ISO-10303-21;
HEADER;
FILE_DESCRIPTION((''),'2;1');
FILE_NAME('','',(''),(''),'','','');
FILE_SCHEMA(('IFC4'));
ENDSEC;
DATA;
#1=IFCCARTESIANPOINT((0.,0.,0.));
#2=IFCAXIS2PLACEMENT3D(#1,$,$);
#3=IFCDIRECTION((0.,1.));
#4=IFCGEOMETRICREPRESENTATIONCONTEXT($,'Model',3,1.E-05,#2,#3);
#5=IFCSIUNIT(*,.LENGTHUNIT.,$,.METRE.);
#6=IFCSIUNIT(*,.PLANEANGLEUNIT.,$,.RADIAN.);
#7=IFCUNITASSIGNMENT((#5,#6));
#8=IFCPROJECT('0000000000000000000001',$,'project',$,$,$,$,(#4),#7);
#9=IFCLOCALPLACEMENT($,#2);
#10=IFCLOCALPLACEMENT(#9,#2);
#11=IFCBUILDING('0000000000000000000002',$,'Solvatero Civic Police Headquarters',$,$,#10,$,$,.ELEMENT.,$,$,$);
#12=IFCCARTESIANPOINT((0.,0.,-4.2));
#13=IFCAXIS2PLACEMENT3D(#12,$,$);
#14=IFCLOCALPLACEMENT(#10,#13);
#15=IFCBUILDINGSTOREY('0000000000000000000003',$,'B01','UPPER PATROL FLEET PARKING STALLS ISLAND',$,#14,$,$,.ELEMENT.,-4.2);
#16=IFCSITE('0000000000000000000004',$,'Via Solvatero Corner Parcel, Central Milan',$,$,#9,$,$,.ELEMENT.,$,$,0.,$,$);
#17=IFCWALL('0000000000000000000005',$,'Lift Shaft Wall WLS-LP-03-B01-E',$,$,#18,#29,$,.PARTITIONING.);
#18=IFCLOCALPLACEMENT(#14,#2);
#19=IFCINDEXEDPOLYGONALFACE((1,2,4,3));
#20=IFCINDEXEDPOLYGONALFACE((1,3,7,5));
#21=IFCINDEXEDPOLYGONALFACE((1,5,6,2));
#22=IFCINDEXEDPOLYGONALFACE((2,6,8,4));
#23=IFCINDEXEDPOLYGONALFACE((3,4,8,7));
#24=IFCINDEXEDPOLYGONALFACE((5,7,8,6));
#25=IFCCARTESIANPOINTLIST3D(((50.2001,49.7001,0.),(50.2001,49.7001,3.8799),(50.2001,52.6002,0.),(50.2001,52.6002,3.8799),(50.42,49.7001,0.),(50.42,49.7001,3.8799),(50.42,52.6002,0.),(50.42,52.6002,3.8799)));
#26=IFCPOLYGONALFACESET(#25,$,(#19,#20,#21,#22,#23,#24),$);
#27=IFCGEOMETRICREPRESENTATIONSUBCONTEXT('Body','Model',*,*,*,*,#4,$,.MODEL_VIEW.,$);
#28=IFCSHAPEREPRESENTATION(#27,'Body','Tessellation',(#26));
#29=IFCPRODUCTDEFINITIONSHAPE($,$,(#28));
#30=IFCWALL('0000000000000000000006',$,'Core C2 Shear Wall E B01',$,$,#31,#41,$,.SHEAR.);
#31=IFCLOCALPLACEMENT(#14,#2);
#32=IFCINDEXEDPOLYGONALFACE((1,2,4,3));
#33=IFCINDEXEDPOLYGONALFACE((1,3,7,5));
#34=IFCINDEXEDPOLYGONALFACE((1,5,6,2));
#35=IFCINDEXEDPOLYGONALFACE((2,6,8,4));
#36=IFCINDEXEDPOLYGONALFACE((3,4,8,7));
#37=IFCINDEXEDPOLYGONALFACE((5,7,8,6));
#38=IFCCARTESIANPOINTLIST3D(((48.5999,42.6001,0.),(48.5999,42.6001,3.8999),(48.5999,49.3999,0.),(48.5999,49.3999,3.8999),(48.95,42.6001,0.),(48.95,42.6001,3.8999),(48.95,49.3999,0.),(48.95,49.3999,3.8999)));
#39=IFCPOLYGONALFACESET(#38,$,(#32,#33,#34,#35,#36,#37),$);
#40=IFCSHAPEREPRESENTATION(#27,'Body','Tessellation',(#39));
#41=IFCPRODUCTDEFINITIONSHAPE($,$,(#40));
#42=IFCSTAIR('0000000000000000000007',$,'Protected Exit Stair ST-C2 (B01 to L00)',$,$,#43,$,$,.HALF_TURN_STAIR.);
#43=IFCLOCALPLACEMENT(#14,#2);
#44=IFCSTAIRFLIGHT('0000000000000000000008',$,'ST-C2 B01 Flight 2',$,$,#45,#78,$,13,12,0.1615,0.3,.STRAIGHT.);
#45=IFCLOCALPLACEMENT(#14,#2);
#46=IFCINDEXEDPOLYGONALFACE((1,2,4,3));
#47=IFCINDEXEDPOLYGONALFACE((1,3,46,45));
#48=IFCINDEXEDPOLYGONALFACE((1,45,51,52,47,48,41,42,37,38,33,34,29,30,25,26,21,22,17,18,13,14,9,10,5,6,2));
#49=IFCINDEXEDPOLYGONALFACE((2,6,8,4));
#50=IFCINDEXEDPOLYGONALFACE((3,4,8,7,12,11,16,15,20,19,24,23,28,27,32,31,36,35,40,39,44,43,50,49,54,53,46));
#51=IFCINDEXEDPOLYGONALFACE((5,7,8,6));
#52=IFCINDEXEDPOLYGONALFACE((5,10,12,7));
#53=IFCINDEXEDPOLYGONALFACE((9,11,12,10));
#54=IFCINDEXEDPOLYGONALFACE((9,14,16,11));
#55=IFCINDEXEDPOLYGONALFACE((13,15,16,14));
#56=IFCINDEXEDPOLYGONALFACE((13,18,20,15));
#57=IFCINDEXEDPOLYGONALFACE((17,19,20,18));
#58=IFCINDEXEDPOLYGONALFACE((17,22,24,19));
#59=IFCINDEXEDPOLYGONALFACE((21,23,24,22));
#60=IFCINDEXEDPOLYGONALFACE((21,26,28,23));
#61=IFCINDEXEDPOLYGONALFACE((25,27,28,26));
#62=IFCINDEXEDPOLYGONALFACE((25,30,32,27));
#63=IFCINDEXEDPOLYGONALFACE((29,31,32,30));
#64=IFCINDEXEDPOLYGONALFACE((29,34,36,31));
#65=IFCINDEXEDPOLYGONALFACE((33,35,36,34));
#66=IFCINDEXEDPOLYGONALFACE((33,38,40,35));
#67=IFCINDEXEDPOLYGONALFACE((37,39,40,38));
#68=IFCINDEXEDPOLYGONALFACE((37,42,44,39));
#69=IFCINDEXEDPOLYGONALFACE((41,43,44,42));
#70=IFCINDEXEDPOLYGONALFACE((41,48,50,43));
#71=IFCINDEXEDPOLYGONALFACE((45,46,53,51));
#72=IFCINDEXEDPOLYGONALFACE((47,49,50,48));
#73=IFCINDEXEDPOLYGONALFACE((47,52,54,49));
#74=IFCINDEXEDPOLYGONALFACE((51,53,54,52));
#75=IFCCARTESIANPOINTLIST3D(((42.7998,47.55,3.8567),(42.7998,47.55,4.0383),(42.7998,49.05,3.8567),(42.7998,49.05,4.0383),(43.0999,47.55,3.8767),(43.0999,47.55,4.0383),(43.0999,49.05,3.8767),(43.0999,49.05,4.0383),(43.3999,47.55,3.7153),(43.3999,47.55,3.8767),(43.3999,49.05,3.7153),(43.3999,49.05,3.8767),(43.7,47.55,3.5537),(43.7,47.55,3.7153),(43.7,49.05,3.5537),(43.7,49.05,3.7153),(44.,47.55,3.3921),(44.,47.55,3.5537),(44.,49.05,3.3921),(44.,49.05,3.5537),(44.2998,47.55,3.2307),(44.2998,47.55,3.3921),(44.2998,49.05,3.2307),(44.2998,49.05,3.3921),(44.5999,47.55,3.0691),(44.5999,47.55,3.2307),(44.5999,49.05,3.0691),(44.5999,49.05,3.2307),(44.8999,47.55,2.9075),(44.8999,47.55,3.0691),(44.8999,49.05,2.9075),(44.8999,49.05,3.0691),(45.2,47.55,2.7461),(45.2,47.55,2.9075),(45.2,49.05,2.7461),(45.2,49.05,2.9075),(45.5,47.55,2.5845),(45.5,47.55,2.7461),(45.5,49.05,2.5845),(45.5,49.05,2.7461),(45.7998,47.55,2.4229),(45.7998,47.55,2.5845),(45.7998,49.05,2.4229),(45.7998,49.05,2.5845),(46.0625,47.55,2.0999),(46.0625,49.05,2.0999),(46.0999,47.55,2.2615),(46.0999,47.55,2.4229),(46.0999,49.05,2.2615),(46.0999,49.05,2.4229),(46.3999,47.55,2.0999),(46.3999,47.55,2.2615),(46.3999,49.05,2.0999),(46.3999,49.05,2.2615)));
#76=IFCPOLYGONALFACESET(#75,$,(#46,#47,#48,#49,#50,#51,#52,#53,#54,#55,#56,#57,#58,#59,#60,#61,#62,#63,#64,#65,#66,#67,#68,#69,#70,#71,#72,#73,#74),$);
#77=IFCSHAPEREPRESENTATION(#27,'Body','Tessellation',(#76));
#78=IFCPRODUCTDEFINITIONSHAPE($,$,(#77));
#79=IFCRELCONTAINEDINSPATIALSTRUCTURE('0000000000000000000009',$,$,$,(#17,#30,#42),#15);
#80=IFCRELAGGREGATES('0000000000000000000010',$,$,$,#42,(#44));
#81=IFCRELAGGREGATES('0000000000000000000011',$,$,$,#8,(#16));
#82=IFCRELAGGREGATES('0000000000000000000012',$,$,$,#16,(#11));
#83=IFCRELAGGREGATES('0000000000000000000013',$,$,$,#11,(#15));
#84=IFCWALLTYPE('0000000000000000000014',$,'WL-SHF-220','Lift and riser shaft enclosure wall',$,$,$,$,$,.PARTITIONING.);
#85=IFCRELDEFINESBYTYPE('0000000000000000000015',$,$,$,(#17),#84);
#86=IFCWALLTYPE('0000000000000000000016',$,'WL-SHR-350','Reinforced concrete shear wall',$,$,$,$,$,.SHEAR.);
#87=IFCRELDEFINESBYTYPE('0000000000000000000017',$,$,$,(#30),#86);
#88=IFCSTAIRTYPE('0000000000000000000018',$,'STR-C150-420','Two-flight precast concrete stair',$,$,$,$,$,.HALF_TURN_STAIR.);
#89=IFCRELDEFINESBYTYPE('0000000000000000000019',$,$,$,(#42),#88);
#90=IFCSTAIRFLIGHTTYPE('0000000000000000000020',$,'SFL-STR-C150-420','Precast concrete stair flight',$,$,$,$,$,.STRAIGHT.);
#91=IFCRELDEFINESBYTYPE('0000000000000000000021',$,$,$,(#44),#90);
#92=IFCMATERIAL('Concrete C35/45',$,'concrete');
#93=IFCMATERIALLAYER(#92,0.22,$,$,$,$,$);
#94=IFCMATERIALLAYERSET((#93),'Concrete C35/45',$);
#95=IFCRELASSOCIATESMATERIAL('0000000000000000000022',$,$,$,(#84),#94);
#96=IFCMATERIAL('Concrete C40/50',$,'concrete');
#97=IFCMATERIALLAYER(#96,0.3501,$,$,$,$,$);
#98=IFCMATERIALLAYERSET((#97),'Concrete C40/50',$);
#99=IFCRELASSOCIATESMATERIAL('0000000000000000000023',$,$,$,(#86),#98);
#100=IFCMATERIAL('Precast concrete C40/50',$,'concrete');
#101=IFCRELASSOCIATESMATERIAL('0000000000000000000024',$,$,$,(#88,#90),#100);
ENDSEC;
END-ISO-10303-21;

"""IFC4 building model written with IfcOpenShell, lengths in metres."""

from ifc_helpers import new_model, si_unit, direction, frame, frame_2d, origin, place, context, subcontext, project, spatial, polyline, rectangle, outline, extrude, material, layer, layer_set, type_object, element, aggregate, save


model = new_model("IFC4")

# Units and contexts
model_context = context("Model", 3, precision=1e-05, world=origin(), true_north=direction((0.0, 1.0)))
body_context = subcontext(model_context, "Body", "Model", "MODEL_VIEW")
ifc_project = project(units=[si_unit("LENGTHUNIT", "METRE"), si_unit("PLANEANGLEUNIT", "RADIAN")], contexts=[model_context])

# Site, building, storey
site_placement = place(None, origin())
site = spatial("IfcSite", under=ifc_project, at=site_placement, Name="Via Solvatero Corner Parcel, Central Milan", CompositionType="ELEMENT", RefElevation=0.0)
building_placement = place(site_placement, origin())
building = spatial("IfcBuilding", under=site, at=building_placement, Name="Solvatero Civic Police Headquarters", CompositionType="ELEMENT")
storey_placement = place(building_placement, frame((0.0, 0.0, -4.2)))
storey = spatial("IfcBuildingStorey", under=building, at=storey_placement, Name="B01", Description="UPPER PATROL FLEET PARKING STALLS ISLAND", CompositionType="ELEMENT", Elevation=-4.2)

# Shared definitions
ifc_material_1 = material(Name="Concrete C40/50", Category="concrete")

# Walls
ifc_material_2 = material(Name="Concrete C35/45", Category="concrete")
ifc_layer_1 = layer(ifc_material_2, 0.22)
ifc_layer_set_1 = layer_set([ifc_layer_1], Name="Concrete C35/45")
wall_type_1 = type_object("IfcWallType", Name="WL-SHF-220", Description="Lift and riser shaft enclosure wall", PredefinedType="PARTITIONING", material=ifc_layer_set_1)
wall_1_placement = place(storey_placement, frame((50.3101, 49.7, 0.0), z_axis=(0.0, 0.0, 1.0), x_axis=(0.0, 1.0, 0.0)))
element("IfcWall", 1, at=wall_1_placement, inside=storey, type_object=wall_type_1, Name="Lift Shaft Wall WLS-LP-03-B01-E", PredefinedType="PARTITIONING", context=body_context, shape_type="SweptSolid", body=[
    extrude(rectangle(XDim=2.9001, YDim=0.22, at=frame_2d((1.4502, 0.0))), origin(), (0.0, 0.0, 1.0), 3.8799),
])
ifc_layer_2 = layer(ifc_material_1, 0.3501)
ifc_layer_set_2 = layer_set([ifc_layer_2], Name="Concrete C40/50")
wall_type_2 = type_object("IfcWallType", Name="WL-SHR-350", Description="Reinforced concrete shear wall", PredefinedType="SHEAR", material=ifc_layer_set_2)
wall_2_placement = place(storey_placement, frame((48.7749, 42.6001, 0.0), z_axis=(0.0, 0.0, 1.0), x_axis=(0.0, 1.0, 0.0)))
element("IfcWall", 2, at=wall_2_placement, inside=storey, type_object=wall_type_2, Name="Core C2 Shear Wall E B01", PredefinedType="SHEAR", context=body_context, shape_type="SweptSolid", body=[
    extrude(rectangle(XDim=6.7998, YDim=0.3501, at=frame_2d((3.3999, 0.0))), origin(), (0.0, 0.0, 1.0), 3.8999),
])

# Stair, stair flight
ifc_material_3 = material(Name="Precast concrete C40/50", Category="concrete")
stair_type = type_object("IfcStairType", Name="STR-C150-420", Description="Two-flight precast concrete stair", PredefinedType="HALF_TURN_STAIR", material=ifc_material_3)
stair_placement = place(storey_placement, origin())
stair = element("IfcStair", 3, at=stair_placement, inside=storey, type_object=stair_type, Name="Protected Exit Stair ST-C2 (B01 to L00)", PredefinedType="HALF_TURN_STAIR")
stair_flight_type = type_object("IfcStairFlightType", Name="SFL-STR-C150-420", Description="Precast concrete stair flight", PredefinedType="STRAIGHT", material=ifc_material_3)
stair_flight_placement = place(storey_placement, frame((46.3999, 48.3, 2.0999), z_axis=(0.0, 0.0, 1.0), x_axis=(-1.0, 0.0, 0.0)))
stair_flight = element("IfcStairFlight", 4, at=stair_flight_placement, type_object=stair_flight_type, Name="ST-C2 B01 Flight 2", NumberOfRisers=13, NumberOfTreads=12, PredefinedType="STRAIGHT", RiserHeight=0.1615, TreadLength=0.3, context=body_context, shape_type="SweptSolid", body=[
    extrude(outline(polyline([(0.0, 0.0), (0.0, 0.1616), (0.3, 0.1616), (0.3, 0.323), (0.6001, 0.323), (0.6001, 0.4846), (0.8999, 0.4846), (0.8999, 0.6462), (1.2, 0.6462), (1.2, 0.8076), (1.5, 0.8076), (1.5, 0.9692), (1.8, 0.9692), (1.8, 1.1309), (2.1001, 1.1309), (2.1001, 1.2922), (2.3999, 1.2922), (2.3999, 1.4539), (2.7, 1.4539), (2.7, 1.6155), (3.0, 1.6155), (3.0, 1.7769), (3.3, 1.7769), (3.3, 1.9385), (3.6001, 1.9385), (3.6001, 2.1001), (3.6001, 1.7568), (0.3374, 0.0), (0.0, 0.0)])), frame((0.0, 0.75, 0.0), z_axis=(0.0, -1.0, 0.0), x_axis=(1.0, 0.0, 0.0)), (0.0, 0.0, 1.0), 1.5),
])
aggregate(stair, [stair_flight])

save(model, "model.ifc")
